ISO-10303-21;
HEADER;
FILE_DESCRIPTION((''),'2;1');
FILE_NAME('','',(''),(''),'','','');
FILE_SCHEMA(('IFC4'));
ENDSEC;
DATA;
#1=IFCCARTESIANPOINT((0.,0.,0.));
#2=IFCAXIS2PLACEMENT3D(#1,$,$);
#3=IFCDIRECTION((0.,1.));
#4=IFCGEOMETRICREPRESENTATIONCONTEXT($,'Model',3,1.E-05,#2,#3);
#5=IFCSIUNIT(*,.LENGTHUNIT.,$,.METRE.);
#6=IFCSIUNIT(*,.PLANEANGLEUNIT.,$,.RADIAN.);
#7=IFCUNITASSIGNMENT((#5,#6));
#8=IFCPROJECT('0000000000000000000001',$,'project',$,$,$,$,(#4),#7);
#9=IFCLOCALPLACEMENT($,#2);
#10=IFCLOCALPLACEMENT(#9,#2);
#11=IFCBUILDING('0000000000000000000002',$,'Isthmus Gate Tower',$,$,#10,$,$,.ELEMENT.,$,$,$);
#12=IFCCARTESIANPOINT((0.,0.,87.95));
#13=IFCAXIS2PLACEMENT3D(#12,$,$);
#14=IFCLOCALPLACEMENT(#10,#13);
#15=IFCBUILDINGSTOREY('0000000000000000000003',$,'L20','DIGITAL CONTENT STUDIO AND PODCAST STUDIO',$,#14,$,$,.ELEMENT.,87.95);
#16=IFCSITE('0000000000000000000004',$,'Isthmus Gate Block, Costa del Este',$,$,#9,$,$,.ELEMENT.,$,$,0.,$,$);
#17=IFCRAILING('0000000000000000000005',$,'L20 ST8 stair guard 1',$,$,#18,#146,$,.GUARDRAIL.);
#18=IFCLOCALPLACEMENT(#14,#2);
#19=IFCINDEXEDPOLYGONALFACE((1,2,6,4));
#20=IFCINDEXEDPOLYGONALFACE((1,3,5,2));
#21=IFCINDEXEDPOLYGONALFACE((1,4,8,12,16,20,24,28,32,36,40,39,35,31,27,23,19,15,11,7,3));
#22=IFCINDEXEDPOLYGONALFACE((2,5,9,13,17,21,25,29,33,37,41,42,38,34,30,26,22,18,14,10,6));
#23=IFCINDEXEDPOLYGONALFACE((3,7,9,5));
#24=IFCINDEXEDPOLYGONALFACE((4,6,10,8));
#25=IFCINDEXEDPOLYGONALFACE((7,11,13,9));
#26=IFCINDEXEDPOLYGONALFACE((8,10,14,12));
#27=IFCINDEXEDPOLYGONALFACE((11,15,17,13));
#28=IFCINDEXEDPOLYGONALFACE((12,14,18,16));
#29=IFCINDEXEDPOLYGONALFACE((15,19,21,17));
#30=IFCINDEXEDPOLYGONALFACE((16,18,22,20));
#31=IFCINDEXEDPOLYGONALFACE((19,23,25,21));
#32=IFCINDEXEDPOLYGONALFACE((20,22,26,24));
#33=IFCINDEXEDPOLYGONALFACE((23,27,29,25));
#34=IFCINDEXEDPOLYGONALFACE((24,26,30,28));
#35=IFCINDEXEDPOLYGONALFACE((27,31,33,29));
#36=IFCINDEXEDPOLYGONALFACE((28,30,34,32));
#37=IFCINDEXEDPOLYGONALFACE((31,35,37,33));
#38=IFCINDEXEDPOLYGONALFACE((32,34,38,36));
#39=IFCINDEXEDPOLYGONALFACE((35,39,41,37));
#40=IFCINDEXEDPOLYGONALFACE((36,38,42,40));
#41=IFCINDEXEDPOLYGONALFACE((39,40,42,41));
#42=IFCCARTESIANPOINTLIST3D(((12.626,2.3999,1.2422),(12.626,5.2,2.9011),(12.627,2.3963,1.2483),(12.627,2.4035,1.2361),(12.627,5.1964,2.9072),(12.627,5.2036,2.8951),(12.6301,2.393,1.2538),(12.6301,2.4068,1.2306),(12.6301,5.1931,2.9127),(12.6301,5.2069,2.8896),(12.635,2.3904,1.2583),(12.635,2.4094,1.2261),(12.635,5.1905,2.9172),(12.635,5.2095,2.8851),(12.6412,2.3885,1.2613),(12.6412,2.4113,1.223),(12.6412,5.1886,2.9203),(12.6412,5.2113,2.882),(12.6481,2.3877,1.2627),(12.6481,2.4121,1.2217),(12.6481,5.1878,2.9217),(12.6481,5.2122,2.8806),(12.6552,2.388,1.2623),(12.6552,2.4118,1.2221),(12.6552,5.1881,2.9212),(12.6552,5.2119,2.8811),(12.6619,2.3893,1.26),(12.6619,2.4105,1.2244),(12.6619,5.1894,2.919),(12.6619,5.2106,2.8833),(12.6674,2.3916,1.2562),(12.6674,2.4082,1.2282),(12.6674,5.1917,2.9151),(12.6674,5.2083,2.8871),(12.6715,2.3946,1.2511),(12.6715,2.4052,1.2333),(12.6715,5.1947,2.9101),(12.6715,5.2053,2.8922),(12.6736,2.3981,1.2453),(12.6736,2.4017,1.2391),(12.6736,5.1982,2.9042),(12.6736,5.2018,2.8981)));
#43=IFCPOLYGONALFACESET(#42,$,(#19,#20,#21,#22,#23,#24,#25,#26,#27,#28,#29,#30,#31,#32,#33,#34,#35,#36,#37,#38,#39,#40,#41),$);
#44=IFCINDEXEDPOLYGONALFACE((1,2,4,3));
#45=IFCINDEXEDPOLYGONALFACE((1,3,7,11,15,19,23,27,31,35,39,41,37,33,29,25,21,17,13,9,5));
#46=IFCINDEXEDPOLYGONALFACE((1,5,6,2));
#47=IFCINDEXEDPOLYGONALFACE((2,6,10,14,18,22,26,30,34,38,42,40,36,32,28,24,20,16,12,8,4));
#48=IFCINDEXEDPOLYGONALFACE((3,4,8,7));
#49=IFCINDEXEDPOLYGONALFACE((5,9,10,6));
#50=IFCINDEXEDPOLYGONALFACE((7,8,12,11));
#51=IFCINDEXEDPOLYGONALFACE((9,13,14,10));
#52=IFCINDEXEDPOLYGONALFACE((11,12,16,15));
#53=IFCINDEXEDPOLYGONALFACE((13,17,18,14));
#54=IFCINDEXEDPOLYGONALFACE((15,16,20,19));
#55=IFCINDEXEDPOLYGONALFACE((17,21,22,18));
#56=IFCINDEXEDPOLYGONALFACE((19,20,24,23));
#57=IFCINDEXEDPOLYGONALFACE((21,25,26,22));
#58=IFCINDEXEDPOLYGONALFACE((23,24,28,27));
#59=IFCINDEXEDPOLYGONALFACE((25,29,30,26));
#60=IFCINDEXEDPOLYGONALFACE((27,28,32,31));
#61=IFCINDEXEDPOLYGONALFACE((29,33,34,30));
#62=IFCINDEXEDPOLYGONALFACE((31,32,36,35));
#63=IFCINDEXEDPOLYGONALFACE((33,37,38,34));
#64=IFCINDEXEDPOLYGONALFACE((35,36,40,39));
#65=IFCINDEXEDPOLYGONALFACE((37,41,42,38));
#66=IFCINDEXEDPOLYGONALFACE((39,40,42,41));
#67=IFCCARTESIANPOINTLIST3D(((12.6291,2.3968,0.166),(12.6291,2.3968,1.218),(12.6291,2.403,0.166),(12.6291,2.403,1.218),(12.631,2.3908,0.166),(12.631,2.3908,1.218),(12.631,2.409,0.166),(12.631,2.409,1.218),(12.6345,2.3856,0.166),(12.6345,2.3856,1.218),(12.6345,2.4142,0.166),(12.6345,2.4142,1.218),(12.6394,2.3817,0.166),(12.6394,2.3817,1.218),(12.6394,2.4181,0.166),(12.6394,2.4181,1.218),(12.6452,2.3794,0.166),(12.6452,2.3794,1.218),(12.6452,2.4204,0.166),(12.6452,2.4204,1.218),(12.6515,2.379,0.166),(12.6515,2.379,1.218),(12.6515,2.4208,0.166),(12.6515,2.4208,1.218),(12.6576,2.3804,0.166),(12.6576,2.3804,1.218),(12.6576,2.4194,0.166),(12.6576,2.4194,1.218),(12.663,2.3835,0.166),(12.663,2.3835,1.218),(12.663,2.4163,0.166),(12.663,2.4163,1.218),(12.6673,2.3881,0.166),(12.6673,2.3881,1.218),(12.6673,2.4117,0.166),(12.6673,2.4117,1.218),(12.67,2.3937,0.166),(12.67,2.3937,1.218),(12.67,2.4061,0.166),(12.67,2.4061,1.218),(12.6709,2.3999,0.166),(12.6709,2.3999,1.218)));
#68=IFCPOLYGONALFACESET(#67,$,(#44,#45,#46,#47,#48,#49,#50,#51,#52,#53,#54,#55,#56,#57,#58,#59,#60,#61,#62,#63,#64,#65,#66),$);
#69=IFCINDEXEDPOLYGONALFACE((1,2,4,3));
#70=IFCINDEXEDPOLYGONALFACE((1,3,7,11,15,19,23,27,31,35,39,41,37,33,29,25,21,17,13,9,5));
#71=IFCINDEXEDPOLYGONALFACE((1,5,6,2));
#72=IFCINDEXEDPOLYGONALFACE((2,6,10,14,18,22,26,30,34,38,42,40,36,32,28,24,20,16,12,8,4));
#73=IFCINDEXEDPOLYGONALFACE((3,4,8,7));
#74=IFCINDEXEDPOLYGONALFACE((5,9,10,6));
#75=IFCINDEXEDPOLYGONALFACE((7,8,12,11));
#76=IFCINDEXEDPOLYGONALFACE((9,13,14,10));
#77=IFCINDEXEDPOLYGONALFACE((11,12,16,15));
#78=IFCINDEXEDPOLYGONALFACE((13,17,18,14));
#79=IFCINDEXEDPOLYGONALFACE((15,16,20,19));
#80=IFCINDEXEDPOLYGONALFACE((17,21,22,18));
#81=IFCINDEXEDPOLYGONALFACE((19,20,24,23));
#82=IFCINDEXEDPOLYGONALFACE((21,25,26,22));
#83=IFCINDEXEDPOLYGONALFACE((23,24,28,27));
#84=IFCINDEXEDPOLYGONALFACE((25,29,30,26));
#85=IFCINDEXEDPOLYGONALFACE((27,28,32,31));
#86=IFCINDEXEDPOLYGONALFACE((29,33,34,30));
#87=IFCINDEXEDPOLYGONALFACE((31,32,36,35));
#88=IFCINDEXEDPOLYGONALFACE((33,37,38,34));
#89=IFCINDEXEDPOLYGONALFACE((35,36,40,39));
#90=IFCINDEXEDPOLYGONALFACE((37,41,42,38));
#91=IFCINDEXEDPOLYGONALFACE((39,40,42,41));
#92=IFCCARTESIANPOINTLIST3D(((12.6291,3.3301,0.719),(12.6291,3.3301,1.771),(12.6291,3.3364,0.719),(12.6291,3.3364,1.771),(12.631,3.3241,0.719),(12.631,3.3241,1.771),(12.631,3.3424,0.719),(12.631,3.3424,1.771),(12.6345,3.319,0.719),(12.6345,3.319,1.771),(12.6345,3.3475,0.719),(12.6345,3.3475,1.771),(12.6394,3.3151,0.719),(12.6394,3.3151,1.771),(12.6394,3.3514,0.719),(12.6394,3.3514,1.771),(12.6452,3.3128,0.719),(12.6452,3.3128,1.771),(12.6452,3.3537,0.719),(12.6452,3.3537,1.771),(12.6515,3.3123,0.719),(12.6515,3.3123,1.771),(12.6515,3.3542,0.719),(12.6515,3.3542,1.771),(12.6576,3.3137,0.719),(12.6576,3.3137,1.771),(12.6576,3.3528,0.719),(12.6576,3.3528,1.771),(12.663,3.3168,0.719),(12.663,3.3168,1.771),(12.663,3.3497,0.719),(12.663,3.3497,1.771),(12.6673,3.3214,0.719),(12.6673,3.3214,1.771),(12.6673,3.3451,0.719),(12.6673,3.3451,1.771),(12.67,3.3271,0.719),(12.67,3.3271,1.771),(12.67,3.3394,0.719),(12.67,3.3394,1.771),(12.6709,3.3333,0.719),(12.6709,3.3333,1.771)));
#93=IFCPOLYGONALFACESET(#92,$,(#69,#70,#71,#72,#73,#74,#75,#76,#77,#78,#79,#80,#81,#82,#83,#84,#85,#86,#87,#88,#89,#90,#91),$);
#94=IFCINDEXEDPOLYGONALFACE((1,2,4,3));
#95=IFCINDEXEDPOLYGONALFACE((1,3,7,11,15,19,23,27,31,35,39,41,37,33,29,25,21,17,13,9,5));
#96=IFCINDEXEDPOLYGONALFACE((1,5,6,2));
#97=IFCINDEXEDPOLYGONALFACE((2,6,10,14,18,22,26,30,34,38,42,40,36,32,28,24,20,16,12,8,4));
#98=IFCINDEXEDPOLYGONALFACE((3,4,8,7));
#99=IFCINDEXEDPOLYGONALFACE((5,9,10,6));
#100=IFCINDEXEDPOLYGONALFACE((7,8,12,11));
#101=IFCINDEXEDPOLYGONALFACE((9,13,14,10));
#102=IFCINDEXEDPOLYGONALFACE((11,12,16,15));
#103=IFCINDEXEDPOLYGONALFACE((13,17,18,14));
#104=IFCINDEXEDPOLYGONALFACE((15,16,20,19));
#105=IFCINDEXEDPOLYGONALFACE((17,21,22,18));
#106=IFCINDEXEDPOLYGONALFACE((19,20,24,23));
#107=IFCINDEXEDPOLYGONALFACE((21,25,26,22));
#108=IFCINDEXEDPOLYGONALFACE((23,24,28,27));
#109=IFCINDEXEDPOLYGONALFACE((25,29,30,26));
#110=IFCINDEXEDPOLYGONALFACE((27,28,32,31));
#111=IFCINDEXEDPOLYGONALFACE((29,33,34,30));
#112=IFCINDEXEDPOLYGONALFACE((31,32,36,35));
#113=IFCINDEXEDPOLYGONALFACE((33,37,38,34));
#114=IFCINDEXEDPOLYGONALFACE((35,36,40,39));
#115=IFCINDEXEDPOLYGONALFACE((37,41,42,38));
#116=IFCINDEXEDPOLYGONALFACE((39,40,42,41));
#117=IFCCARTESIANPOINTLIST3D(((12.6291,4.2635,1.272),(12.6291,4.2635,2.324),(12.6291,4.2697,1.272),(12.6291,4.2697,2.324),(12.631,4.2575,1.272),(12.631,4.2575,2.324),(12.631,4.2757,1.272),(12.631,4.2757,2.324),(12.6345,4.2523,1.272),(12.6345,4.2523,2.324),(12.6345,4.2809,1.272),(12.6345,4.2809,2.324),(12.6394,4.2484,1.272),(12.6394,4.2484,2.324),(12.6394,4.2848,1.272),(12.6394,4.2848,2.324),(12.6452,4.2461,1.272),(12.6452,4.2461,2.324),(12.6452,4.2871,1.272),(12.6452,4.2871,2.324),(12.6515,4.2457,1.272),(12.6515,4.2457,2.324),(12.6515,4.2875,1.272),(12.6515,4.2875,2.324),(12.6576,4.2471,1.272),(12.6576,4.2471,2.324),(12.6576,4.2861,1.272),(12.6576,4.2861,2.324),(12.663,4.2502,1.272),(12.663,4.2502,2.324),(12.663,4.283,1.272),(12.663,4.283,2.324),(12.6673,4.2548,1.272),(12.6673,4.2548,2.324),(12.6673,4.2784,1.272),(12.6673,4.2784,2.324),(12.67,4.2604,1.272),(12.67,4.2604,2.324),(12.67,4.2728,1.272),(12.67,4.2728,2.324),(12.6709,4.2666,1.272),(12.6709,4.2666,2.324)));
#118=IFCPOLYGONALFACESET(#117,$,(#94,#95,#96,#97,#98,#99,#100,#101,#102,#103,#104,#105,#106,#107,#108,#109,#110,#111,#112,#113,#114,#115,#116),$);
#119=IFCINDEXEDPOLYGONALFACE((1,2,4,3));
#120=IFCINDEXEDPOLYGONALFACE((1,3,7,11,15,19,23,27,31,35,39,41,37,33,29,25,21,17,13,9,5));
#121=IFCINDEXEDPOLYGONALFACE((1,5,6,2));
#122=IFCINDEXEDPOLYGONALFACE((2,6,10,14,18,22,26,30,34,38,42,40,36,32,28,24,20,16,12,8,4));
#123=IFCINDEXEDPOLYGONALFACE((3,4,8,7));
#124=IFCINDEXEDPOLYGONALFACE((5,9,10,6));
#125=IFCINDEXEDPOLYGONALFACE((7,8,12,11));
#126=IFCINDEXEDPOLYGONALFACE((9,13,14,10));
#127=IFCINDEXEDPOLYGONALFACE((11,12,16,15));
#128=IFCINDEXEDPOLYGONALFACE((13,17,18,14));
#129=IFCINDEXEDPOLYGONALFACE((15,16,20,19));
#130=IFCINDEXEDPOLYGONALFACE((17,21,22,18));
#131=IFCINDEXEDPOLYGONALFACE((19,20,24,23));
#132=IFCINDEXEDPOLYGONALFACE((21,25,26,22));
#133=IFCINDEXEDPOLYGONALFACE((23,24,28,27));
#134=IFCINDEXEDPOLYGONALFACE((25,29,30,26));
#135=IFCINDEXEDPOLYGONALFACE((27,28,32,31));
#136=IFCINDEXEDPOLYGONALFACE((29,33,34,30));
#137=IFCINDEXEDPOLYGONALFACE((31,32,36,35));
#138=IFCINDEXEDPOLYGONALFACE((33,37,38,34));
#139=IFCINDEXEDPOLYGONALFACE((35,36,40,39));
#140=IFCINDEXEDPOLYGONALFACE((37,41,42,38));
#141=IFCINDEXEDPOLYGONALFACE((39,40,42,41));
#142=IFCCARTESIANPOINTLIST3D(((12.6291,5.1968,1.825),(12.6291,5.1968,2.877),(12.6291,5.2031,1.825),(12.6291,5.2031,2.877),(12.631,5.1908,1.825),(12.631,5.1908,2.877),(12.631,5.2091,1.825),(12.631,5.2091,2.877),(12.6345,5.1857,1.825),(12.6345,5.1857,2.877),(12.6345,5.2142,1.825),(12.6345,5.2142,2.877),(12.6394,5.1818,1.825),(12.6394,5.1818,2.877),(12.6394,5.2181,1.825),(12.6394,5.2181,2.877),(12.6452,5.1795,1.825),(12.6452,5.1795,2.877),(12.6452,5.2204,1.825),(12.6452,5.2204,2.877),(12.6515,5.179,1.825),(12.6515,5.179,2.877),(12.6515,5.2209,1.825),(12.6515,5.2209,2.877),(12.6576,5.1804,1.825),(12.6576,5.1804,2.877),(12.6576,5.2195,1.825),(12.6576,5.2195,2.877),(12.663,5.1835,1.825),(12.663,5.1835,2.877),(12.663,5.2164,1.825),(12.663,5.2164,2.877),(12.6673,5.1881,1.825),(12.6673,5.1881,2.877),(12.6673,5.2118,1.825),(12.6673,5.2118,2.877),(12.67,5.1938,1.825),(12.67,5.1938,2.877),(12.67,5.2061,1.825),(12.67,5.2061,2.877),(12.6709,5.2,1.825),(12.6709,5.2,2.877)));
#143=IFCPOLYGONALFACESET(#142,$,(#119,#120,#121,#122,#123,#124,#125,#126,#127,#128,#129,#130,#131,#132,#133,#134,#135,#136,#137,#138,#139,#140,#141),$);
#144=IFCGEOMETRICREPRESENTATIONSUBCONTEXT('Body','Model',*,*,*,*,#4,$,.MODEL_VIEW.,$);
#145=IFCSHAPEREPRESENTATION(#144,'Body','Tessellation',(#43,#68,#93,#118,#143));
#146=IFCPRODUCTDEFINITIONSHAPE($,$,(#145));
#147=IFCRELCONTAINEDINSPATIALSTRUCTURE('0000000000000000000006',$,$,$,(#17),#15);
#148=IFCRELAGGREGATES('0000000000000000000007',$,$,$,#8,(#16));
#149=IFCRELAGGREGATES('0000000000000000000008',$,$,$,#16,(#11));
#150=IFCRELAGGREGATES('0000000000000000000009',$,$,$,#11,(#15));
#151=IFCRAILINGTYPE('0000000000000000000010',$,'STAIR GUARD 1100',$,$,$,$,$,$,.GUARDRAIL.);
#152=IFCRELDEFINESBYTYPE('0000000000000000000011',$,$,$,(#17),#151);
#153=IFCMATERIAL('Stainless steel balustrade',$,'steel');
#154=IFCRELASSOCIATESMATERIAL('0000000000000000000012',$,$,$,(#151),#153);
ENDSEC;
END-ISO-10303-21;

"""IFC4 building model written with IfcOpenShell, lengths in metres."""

from ifc_helpers import new_model, si_unit, direction, frame, origin, origin_2d, place, context, subcontext, project, spatial, circle, extrude, material, type_object, element, save


model = new_model("IFC4")

# Units and contexts
model_context = context("Model", 3, precision=1e-05, world=origin(), true_north=direction((0.0, 1.0)))
body_context = subcontext(model_context, "Body", "Model", "MODEL_VIEW")
ifc_project = project(units=[si_unit("LENGTHUNIT", "METRE"), si_unit("PLANEANGLEUNIT", "RADIAN")], contexts=[model_context])

# Site, building, storey
site_placement = place(None, origin())
site = spatial("IfcSite", under=ifc_project, at=site_placement, Name="Isthmus Gate Block, Costa del Este", CompositionType="ELEMENT", RefElevation=0.0)
building_placement = place(site_placement, origin())
building = spatial("IfcBuilding", under=site, at=building_placement, Name="Isthmus Gate Tower", CompositionType="ELEMENT")
storey_placement = place(building_placement, frame((0.0, 0.0, 87.95)))
storey = spatial("IfcBuildingStorey", under=building, at=storey_placement, Name="L20", Description="DIGITAL CONTENT STUDIO AND PODCAST STUDIO", CompositionType="ELEMENT", Elevation=87.95)

# Railing
ifc_material_1 = material(Name="Stainless steel balustrade", Category="steel")
railing_type_1 = type_object("IfcRailingType", Name="STAIR GUARD 1100", PredefinedType="GUARDRAIL", material=ifc_material_1)
railing_1_placement = place(storey_placement, frame((12.6499, 2.3999, 0.166)))
element("IfcRailing", 1, at=railing_1_placement, inside=storey, type_object=railing_type_1, Name="L20 ST8 stair guard 1", PredefinedType="GUARDRAIL", context=body_context, shape_type="SweptSolid", body=[
    extrude(circle(Radius=0.0239, at=origin_2d()), frame((0.0, 0.0, 1.0762), z_axis=(0.0, 0.860339, 0.509722), x_axis=(-1.0, 0.0, 0.0)), (0.0, 0.0, 1.0), 3.2546),
    extrude(circle(Radius=0.021, at=origin_2d()), origin(), (0.0, 0.0, 1.0), 1.052),
    extrude(circle(Radius=0.021, at=origin_2d()), frame((0.0, 0.9333, 0.553)), (0.0, 0.0, 1.0), 1.052),
    extrude(circle(Radius=0.021, at=origin_2d()), frame((0.0, 1.8667, 1.106)), (0.0, 0.0, 1.0), 1.052),
    extrude(circle(Radius=0.021, at=origin_2d()), frame((0.0, 2.8, 1.6589)), (0.0, 0.0, 1.0), 1.052),
])

save(model, "model.ifc")
